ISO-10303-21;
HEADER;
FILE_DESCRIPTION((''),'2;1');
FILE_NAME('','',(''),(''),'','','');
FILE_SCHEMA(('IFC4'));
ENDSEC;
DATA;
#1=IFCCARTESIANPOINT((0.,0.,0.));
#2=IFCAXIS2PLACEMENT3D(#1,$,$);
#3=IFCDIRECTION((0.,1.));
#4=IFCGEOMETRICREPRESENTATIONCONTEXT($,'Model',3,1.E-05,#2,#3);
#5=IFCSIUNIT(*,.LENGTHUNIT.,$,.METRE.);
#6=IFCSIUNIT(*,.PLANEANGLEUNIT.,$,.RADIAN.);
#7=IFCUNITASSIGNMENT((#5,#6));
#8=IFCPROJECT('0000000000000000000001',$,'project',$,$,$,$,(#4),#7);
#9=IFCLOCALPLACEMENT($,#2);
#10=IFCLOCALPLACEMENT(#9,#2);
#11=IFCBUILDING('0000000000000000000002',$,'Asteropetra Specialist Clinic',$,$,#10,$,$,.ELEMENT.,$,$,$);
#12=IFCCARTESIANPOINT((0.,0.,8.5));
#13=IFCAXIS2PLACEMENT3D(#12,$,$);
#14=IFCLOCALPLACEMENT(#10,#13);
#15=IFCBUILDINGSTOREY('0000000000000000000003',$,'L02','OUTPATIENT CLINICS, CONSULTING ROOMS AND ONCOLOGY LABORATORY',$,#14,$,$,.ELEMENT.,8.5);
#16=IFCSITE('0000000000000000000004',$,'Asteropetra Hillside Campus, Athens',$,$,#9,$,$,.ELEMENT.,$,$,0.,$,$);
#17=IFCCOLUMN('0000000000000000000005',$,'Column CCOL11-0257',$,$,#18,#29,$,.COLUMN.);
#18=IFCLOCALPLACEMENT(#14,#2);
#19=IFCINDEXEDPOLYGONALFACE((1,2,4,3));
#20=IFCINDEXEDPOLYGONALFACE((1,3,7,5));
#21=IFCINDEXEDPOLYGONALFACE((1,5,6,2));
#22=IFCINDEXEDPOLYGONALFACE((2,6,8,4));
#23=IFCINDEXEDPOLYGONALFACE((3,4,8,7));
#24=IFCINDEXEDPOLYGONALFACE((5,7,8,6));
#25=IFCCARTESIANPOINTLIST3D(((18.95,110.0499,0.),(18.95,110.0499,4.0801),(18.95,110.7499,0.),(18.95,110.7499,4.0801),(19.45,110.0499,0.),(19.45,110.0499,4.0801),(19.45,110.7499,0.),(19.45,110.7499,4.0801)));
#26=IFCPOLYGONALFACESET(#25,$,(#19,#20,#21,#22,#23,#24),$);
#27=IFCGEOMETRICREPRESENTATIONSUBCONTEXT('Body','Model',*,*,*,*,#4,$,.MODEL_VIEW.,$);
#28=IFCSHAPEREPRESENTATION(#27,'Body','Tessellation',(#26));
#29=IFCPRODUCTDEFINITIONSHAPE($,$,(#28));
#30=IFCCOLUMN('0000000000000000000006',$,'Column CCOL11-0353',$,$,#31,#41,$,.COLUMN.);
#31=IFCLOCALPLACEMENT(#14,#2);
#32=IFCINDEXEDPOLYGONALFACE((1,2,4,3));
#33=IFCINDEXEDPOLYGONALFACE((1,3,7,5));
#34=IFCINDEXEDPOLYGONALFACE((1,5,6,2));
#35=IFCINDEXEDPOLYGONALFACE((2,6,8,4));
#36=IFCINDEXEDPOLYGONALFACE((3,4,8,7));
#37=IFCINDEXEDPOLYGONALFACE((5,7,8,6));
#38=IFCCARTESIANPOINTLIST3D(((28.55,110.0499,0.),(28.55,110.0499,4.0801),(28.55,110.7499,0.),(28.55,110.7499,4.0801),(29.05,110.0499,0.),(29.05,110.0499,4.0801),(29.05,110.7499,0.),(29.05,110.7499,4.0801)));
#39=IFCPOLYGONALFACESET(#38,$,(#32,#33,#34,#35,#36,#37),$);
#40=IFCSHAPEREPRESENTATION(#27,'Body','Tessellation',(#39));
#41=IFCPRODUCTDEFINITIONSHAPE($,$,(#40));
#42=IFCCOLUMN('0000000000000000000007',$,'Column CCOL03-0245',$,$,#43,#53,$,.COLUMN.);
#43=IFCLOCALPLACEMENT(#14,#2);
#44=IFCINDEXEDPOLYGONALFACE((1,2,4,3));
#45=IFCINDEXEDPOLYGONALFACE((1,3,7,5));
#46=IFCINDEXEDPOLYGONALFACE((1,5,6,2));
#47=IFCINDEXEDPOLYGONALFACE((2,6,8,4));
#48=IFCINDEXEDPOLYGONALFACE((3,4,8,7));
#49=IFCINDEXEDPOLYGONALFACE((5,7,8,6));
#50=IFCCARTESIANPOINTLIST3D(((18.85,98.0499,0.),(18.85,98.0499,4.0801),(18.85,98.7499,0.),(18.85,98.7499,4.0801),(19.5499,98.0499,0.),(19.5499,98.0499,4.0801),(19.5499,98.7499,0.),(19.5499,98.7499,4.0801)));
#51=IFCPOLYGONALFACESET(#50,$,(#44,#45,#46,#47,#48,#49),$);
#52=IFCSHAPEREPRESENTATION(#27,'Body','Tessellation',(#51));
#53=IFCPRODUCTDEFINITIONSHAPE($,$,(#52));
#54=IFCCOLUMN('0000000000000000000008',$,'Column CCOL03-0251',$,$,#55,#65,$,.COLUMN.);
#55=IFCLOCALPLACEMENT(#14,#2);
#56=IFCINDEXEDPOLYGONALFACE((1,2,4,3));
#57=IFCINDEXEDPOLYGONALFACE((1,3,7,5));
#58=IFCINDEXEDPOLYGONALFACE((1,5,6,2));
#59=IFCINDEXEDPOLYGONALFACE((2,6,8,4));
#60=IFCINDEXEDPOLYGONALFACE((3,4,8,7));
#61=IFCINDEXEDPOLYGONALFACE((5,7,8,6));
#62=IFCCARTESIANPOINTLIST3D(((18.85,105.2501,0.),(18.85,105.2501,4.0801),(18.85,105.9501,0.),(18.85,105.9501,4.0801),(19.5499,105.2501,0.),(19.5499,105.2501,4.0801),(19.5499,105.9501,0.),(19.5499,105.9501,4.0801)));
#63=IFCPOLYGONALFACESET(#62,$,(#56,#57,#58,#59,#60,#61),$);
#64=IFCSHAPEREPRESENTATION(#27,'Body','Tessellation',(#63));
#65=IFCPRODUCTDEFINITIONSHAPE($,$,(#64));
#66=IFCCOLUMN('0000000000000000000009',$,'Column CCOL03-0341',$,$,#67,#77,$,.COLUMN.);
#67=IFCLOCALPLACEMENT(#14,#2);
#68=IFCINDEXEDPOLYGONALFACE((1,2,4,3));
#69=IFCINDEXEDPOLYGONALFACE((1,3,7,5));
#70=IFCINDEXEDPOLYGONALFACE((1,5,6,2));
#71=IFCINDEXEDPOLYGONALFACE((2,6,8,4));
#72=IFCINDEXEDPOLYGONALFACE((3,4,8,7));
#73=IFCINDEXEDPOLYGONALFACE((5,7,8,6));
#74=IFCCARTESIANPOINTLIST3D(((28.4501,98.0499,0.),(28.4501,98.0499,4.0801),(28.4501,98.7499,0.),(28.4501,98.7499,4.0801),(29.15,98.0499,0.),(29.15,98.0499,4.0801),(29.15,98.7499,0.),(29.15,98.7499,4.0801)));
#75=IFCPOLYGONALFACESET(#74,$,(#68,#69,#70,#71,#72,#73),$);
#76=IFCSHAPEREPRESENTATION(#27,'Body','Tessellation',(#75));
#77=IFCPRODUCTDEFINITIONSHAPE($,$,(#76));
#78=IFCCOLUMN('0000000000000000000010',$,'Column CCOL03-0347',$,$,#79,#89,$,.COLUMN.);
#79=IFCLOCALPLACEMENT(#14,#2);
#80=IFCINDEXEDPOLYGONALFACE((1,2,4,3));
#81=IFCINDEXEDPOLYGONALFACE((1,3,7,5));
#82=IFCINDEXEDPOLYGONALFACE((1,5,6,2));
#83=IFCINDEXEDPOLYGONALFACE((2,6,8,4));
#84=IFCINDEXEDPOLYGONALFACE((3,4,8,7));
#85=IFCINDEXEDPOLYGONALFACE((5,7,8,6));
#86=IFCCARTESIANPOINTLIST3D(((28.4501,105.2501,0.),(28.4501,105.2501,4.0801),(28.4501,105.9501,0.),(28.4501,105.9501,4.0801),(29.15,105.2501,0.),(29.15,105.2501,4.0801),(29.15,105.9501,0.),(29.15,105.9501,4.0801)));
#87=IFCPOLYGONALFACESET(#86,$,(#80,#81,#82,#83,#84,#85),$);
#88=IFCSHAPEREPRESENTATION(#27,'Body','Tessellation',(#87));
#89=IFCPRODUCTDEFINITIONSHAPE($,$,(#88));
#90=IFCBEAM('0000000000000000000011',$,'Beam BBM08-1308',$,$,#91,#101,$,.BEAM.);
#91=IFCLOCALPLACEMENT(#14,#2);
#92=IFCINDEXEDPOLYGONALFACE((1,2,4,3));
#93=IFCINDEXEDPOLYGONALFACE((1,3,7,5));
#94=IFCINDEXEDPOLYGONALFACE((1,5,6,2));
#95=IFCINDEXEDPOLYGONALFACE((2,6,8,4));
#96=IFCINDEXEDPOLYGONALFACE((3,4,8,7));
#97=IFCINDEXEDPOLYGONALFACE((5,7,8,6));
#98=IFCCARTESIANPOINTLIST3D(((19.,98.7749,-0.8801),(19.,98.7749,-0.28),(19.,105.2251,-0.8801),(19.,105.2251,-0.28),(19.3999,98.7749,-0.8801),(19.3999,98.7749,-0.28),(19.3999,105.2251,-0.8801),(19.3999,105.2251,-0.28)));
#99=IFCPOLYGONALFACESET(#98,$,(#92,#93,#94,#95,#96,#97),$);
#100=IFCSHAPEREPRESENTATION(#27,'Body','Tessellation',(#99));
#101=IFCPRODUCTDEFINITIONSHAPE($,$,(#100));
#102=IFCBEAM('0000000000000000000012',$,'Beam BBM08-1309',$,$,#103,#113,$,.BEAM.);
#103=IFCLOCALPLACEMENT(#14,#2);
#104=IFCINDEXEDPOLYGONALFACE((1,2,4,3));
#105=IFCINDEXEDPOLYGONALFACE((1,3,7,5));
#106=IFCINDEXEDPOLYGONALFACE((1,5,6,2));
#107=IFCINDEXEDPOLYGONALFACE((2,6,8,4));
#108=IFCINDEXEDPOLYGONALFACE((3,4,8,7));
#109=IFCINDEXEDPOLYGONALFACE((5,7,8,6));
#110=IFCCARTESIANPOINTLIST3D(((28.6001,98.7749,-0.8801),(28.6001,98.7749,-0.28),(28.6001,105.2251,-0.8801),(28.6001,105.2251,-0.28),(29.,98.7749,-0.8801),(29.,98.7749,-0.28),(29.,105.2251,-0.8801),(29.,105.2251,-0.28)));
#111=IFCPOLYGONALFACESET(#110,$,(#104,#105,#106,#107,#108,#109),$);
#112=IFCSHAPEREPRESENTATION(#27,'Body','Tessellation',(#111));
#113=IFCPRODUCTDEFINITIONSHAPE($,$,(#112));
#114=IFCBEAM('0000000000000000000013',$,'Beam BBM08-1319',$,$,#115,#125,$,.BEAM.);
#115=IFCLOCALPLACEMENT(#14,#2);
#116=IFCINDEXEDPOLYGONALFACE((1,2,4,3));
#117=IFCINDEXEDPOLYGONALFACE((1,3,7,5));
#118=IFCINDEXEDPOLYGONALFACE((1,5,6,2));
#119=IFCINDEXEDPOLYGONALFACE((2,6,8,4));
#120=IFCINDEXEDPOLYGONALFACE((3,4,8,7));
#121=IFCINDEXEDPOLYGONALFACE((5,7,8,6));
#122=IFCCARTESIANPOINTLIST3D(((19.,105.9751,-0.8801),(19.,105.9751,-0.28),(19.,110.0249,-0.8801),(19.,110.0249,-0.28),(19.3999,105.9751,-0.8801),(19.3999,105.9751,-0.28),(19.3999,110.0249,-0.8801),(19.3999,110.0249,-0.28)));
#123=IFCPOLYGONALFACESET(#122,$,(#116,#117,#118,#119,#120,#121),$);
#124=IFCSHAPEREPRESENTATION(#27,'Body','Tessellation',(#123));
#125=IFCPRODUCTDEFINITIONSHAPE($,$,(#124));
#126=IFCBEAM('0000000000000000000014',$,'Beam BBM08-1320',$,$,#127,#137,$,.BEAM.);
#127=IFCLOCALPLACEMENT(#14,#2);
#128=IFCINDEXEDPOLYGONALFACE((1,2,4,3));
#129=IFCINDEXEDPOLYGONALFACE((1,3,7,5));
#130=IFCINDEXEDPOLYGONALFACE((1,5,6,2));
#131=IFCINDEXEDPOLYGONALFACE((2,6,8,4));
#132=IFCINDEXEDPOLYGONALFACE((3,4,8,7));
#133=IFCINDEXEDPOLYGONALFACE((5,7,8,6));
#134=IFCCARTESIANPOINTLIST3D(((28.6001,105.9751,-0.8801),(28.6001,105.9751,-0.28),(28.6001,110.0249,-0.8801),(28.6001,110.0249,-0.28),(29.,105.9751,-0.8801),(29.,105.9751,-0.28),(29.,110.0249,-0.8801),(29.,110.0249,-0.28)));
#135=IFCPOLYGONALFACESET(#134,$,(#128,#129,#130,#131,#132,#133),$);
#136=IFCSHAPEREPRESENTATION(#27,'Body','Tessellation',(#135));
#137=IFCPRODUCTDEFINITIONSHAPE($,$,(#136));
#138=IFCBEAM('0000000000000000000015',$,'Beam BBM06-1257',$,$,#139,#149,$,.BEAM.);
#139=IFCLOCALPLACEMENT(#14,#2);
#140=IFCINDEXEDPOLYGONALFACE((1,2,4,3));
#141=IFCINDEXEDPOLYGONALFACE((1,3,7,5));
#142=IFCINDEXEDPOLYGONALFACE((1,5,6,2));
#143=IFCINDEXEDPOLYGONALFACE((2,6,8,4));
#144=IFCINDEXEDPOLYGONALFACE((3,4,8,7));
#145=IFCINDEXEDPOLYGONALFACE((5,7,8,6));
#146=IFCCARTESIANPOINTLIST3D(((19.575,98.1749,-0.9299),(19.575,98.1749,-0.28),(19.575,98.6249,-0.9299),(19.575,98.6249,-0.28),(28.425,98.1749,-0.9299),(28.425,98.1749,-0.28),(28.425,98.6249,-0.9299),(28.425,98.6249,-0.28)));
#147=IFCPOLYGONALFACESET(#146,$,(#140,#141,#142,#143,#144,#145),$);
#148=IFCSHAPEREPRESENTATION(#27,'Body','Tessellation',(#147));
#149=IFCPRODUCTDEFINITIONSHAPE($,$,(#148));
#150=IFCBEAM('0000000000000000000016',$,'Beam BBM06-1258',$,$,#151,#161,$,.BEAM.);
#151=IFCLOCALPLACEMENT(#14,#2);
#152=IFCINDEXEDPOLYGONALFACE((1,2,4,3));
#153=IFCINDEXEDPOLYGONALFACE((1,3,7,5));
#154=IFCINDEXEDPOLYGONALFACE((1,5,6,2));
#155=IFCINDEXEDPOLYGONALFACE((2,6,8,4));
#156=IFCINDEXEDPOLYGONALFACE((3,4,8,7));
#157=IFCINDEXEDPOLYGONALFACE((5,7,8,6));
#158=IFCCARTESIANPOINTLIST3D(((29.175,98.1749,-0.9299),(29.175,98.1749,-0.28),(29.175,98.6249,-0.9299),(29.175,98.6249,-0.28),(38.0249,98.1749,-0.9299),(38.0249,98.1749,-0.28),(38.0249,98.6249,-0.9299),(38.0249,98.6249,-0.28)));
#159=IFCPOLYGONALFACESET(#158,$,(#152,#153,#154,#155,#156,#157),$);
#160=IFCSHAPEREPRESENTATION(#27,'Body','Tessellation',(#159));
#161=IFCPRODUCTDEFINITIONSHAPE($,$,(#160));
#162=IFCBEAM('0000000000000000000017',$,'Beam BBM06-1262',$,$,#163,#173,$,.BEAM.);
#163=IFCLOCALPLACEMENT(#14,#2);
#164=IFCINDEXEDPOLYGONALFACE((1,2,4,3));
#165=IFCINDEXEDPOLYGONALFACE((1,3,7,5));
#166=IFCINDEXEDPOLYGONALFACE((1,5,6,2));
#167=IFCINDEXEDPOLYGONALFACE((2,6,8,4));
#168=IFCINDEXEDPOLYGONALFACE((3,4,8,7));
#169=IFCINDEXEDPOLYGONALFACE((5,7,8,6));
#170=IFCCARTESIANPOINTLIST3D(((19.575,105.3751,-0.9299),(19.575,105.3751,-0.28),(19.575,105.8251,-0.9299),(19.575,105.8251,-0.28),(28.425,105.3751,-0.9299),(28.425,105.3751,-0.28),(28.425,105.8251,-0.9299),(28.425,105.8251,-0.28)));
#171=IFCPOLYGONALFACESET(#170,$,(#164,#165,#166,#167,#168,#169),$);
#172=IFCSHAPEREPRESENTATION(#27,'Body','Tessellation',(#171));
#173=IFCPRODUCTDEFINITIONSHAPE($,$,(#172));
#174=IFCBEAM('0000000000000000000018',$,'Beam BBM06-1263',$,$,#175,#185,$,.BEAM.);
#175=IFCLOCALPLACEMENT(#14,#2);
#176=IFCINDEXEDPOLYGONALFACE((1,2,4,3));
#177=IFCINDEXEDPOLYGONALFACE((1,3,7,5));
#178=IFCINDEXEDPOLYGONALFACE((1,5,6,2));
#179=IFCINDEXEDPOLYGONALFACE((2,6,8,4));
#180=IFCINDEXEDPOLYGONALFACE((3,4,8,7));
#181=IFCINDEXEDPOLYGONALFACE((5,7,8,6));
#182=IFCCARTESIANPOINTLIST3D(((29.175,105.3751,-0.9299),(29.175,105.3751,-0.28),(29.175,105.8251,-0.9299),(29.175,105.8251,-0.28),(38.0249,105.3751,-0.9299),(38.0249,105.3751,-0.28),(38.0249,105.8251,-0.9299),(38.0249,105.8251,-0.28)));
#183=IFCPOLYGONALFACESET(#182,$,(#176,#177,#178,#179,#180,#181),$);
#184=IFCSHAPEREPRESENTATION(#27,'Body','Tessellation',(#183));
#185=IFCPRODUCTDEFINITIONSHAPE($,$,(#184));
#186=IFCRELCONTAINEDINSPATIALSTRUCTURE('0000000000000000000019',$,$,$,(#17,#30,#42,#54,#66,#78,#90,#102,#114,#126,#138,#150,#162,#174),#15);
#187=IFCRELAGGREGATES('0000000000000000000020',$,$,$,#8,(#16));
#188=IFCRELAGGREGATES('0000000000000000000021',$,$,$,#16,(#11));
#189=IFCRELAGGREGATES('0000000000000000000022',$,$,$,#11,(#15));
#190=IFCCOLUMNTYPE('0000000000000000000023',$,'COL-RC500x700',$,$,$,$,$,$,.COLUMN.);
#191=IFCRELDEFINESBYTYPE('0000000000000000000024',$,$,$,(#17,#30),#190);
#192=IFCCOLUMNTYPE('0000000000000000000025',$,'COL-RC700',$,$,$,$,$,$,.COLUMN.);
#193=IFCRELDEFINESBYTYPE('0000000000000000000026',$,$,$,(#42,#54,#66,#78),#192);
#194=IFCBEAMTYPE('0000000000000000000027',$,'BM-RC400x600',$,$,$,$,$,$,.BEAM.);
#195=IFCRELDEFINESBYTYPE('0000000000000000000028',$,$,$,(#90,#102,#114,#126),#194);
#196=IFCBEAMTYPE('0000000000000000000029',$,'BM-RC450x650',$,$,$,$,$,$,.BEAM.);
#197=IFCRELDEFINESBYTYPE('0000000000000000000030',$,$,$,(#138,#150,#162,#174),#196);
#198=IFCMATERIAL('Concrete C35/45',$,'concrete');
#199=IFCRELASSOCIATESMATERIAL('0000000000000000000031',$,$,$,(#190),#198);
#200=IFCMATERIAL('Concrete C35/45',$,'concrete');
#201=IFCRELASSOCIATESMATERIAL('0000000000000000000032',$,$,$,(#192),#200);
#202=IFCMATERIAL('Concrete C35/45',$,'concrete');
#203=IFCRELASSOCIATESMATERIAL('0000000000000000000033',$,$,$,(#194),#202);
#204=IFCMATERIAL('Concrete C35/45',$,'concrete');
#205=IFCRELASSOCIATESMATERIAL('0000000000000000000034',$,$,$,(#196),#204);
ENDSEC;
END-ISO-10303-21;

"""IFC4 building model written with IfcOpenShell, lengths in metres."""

from ifc_helpers import new_model, si_unit, direction, frame, origin, origin_2d, place, context, subcontext, project, spatial, rectangle, extrude, material, material_profile, profile_set, type_object, element, save


model = new_model("IFC4")

# Units and contexts
model_context = context("Model", 3, precision=1e-05, world=origin(), true_north=direction((0.0, 1.0)))
body_context = subcontext(model_context, "Body", "Model", "MODEL_VIEW")
ifc_project = project(units=[si_unit("LENGTHUNIT", "METRE"), si_unit("PLANEANGLEUNIT", "RADIAN")], contexts=[model_context])

# Site, building, storey
site_placement = place(None, origin())
site = spatial("IfcSite", under=ifc_project, at=site_placement, Name="Asteropetra Hillside Campus, Athens", CompositionType="ELEMENT", RefElevation=0.0)
building_placement = place(site_placement, origin())
building = spatial("IfcBuilding", under=site, at=building_placement, Name="Asteropetra Specialist Clinic", CompositionType="ELEMENT")
storey_placement = place(building_placement, frame((0.0, 0.0, 8.5)))
storey = spatial("IfcBuildingStorey", under=building, at=storey_placement, Name="L02", Description="OUTPATIENT CLINICS, CONSULTING ROOMS AND ONCOLOGY LABORATORY", CompositionType="ELEMENT", Elevation=8.5)

# Columns
ifc_material_1 = material(Name="Concrete C35/45", Category="concrete")
ifc_material_profile_1 = material_profile(ifc_material_1, rectangle(XDim=0.5, YDim=0.7, at=origin_2d()), Name="RC 500x700")
ifc_profile_set_1 = profile_set([ifc_material_profile_1], Name="Concrete C35/45")
column_type_1 = type_object("IfcColumnType", Name="COL-RC500x700", PredefinedType="COLUMN", material=ifc_profile_set_1)
for number, where, z_axis, x_axis, name in (
    (1, (19.2, 110.3999, 0.0), (0.0, 0.0, 1.0), (1.0, 0.0, 0.0), "Column CCOL11-0257"),
    (2, (28.8, 110.3999, 0.0), (0.0, 0.0, 1.0), (1.0, 0.0, 0.0), "Column CCOL11-0353"),
):
    element("IfcColumn", number, at=place(storey_placement, frame(where, z_axis=z_axis, x_axis=x_axis)), inside=storey, type_object=column_type_1, Name=name, PredefinedType="COLUMN", context=body_context, shape_type="SweptSolid", body=[
        extrude(rectangle(XDim=0.5, YDim=0.7, at=origin_2d()), origin(), (0.0, 0.0, 1.0), 4.0801),
    ])
ifc_material_2 = material(Name="Concrete C35/45", Category="concrete")
ifc_material_profile_2 = material_profile(ifc_material_2, rectangle(XDim=0.7, YDim=0.7, at=origin_2d()), Name="RC 700x700")
ifc_profile_set_2 = profile_set([ifc_material_profile_2], Name="Concrete C35/45")
column_type_2 = type_object("IfcColumnType", Name="COL-RC700", PredefinedType="COLUMN", material=ifc_profile_set_2)
for number, where, z_axis, x_axis, name in (
    (3, (19.2, 98.3999, 0.0), (0.0, 0.0, 1.0), (1.0, 0.0, 0.0), "Column CCOL03-0245"),
    (4, (19.2, 105.6001, 0.0), (0.0, 0.0, 1.0), (1.0, 0.0, 0.0), "Column CCOL03-0251"),
    (5, (28.8, 98.3999, 0.0), (0.0, 0.0, 1.0), (1.0, 0.0, 0.0), "Column CCOL03-0341"),
    (6, (28.8, 105.6001, 0.0), (0.0, 0.0, 1.0), (1.0, 0.0, 0.0), "Column CCOL03-0347"),
):
    element("IfcColumn", number, at=place(storey_placement, frame(where, z_axis=z_axis, x_axis=x_axis)), inside=storey, type_object=column_type_2, Name=name, PredefinedType="COLUMN", context=body_context, shape_type="SweptSolid", body=[
        extrude(rectangle(XDim=0.7, YDim=0.7, at=origin_2d()), origin(), (0.0, 0.0, 1.0), 4.0801),
    ])

# Beams
ifc_material_3 = material(Name="Concrete C35/45", Category="concrete")
ifc_material_profile_3 = material_profile(ifc_material_3, rectangle(XDim=0.3999, YDim=0.6001, at=origin_2d()), Name="RCB 400x600")
ifc_profile_set_3 = profile_set([ifc_material_profile_3], Name="Concrete C35/45")
beam_type_1 = type_object("IfcBeamType", Name="BM-RC400x600", PredefinedType="BEAM", material=ifc_profile_set_3)
for number, where, z_axis, x_axis, name in (
    (7, (19.2, 98.7749, -0.5801), (0.0, 1.0, 0.0), (-1.0, 0.0, 0.0), "Beam BBM08-1308"),
    (8, (28.8, 98.7749, -0.5801), (0.0, 1.0, 0.0), (-1.0, 0.0, 0.0), "Beam BBM08-1309"),
):
    element("IfcBeam", number, at=place(storey_placement, frame(where, z_axis=z_axis, x_axis=x_axis)), inside=storey, type_object=beam_type_1, Name=name, PredefinedType="BEAM", context=body_context, shape_type="SweptSolid", body=[
        extrude(rectangle(XDim=0.3999, YDim=0.6001, at=origin_2d()), origin(), (0.0, 0.0, 1.0), 6.4502),
    ])
for number, where, z_axis, x_axis, name in (
    (9, (19.2, 105.9751, -0.5801), (0.0, 1.0, 0.0), (-1.0, 0.0, 0.0), "Beam BBM08-1319"),
    (10, (28.8, 105.9751, -0.5801), (0.0, 1.0, 0.0), (-1.0, 0.0, 0.0), "Beam BBM08-1320"),
):
    element("IfcBeam", number, at=place(storey_placement, frame(where, z_axis=z_axis, x_axis=x_axis)), inside=storey, type_object=beam_type_1, Name=name, PredefinedType="BEAM", context=body_context, shape_type="SweptSolid", body=[
        extrude(rectangle(XDim=0.3999, YDim=0.6001, at=origin_2d()), origin(), (0.0, 0.0, 1.0), 4.0498),
    ])
ifc_material_4 = material(Name="Concrete C35/45", Category="concrete")
ifc_material_profile_4 = material_profile(ifc_material_4, rectangle(XDim=0.45, YDim=0.6499, at=origin_2d()), Name="RCB 450x650")
ifc_profile_set_4 = profile_set([ifc_material_profile_4], Name="Concrete C35/45")
beam_type_2 = type_object("IfcBeamType", Name="BM-RC450x650", PredefinedType="BEAM", material=ifc_profile_set_4)
beam_1_placement = place(storey_placement, frame((19.575, 98.3999, -0.605), z_axis=(1.0, 0.0, 0.0), x_axis=(0.0, 1.0, 0.0)))
element("IfcBeam", 11, at=beam_1_placement, inside=storey, type_object=beam_type_2, Name="Beam BBM06-1257", PredefinedType="BEAM", context=body_context, shape_type="SweptSolid", body=[
    extrude(rectangle(XDim=0.45, YDim=0.6499, at=origin_2d()), origin(), (0.0, 0.0, 1.0), 8.8501),
])
beam_2_placement = place(storey_placement, frame((29.175, 98.3999, -0.605), z_axis=(1.0, 0.0, 0.0), x_axis=(0.0, 1.0, 0.0)))
element("IfcBeam", 12, at=beam_2_placement, inside=storey, type_object=beam_type_2, Name="Beam BBM06-1258", PredefinedType="BEAM", context=body_context, shape_type="SweptSolid", body=[
    extrude(rectangle(XDim=0.45, YDim=0.6499, at=origin_2d()), origin(), (0.0, 0.0, 1.0), 8.8499),
])
beam_3_placement = place(storey_placement, frame((19.575, 105.6001, -0.605), z_axis=(1.0, 0.0, 0.0), x_axis=(0.0, 1.0, 0.0)))
element("IfcBeam", 13, at=beam_3_placement, inside=storey, type_object=beam_type_2, Name="Beam BBM06-1262", PredefinedType="BEAM", context=body_context, shape_type="SweptSolid", body=[
    extrude(rectangle(XDim=0.45, YDim=0.6499, at=origin_2d()), origin(), (0.0, 0.0, 1.0), 8.8501),
])
beam_4_placement = place(storey_placement, frame((29.175, 105.6001, -0.605), z_axis=(1.0, 0.0, 0.0), x_axis=(0.0, 1.0, 0.0)))
element("IfcBeam", 14, at=beam_4_placement, inside=storey, type_object=beam_type_2, Name="Beam BBM06-1263", PredefinedType="BEAM", context=body_context, shape_type="SweptSolid", body=[
    extrude(rectangle(XDim=0.45, YDim=0.6499, at=origin_2d()), origin(), (0.0, 0.0, 1.0), 8.8499),
])

save(model, "model.ifc")
